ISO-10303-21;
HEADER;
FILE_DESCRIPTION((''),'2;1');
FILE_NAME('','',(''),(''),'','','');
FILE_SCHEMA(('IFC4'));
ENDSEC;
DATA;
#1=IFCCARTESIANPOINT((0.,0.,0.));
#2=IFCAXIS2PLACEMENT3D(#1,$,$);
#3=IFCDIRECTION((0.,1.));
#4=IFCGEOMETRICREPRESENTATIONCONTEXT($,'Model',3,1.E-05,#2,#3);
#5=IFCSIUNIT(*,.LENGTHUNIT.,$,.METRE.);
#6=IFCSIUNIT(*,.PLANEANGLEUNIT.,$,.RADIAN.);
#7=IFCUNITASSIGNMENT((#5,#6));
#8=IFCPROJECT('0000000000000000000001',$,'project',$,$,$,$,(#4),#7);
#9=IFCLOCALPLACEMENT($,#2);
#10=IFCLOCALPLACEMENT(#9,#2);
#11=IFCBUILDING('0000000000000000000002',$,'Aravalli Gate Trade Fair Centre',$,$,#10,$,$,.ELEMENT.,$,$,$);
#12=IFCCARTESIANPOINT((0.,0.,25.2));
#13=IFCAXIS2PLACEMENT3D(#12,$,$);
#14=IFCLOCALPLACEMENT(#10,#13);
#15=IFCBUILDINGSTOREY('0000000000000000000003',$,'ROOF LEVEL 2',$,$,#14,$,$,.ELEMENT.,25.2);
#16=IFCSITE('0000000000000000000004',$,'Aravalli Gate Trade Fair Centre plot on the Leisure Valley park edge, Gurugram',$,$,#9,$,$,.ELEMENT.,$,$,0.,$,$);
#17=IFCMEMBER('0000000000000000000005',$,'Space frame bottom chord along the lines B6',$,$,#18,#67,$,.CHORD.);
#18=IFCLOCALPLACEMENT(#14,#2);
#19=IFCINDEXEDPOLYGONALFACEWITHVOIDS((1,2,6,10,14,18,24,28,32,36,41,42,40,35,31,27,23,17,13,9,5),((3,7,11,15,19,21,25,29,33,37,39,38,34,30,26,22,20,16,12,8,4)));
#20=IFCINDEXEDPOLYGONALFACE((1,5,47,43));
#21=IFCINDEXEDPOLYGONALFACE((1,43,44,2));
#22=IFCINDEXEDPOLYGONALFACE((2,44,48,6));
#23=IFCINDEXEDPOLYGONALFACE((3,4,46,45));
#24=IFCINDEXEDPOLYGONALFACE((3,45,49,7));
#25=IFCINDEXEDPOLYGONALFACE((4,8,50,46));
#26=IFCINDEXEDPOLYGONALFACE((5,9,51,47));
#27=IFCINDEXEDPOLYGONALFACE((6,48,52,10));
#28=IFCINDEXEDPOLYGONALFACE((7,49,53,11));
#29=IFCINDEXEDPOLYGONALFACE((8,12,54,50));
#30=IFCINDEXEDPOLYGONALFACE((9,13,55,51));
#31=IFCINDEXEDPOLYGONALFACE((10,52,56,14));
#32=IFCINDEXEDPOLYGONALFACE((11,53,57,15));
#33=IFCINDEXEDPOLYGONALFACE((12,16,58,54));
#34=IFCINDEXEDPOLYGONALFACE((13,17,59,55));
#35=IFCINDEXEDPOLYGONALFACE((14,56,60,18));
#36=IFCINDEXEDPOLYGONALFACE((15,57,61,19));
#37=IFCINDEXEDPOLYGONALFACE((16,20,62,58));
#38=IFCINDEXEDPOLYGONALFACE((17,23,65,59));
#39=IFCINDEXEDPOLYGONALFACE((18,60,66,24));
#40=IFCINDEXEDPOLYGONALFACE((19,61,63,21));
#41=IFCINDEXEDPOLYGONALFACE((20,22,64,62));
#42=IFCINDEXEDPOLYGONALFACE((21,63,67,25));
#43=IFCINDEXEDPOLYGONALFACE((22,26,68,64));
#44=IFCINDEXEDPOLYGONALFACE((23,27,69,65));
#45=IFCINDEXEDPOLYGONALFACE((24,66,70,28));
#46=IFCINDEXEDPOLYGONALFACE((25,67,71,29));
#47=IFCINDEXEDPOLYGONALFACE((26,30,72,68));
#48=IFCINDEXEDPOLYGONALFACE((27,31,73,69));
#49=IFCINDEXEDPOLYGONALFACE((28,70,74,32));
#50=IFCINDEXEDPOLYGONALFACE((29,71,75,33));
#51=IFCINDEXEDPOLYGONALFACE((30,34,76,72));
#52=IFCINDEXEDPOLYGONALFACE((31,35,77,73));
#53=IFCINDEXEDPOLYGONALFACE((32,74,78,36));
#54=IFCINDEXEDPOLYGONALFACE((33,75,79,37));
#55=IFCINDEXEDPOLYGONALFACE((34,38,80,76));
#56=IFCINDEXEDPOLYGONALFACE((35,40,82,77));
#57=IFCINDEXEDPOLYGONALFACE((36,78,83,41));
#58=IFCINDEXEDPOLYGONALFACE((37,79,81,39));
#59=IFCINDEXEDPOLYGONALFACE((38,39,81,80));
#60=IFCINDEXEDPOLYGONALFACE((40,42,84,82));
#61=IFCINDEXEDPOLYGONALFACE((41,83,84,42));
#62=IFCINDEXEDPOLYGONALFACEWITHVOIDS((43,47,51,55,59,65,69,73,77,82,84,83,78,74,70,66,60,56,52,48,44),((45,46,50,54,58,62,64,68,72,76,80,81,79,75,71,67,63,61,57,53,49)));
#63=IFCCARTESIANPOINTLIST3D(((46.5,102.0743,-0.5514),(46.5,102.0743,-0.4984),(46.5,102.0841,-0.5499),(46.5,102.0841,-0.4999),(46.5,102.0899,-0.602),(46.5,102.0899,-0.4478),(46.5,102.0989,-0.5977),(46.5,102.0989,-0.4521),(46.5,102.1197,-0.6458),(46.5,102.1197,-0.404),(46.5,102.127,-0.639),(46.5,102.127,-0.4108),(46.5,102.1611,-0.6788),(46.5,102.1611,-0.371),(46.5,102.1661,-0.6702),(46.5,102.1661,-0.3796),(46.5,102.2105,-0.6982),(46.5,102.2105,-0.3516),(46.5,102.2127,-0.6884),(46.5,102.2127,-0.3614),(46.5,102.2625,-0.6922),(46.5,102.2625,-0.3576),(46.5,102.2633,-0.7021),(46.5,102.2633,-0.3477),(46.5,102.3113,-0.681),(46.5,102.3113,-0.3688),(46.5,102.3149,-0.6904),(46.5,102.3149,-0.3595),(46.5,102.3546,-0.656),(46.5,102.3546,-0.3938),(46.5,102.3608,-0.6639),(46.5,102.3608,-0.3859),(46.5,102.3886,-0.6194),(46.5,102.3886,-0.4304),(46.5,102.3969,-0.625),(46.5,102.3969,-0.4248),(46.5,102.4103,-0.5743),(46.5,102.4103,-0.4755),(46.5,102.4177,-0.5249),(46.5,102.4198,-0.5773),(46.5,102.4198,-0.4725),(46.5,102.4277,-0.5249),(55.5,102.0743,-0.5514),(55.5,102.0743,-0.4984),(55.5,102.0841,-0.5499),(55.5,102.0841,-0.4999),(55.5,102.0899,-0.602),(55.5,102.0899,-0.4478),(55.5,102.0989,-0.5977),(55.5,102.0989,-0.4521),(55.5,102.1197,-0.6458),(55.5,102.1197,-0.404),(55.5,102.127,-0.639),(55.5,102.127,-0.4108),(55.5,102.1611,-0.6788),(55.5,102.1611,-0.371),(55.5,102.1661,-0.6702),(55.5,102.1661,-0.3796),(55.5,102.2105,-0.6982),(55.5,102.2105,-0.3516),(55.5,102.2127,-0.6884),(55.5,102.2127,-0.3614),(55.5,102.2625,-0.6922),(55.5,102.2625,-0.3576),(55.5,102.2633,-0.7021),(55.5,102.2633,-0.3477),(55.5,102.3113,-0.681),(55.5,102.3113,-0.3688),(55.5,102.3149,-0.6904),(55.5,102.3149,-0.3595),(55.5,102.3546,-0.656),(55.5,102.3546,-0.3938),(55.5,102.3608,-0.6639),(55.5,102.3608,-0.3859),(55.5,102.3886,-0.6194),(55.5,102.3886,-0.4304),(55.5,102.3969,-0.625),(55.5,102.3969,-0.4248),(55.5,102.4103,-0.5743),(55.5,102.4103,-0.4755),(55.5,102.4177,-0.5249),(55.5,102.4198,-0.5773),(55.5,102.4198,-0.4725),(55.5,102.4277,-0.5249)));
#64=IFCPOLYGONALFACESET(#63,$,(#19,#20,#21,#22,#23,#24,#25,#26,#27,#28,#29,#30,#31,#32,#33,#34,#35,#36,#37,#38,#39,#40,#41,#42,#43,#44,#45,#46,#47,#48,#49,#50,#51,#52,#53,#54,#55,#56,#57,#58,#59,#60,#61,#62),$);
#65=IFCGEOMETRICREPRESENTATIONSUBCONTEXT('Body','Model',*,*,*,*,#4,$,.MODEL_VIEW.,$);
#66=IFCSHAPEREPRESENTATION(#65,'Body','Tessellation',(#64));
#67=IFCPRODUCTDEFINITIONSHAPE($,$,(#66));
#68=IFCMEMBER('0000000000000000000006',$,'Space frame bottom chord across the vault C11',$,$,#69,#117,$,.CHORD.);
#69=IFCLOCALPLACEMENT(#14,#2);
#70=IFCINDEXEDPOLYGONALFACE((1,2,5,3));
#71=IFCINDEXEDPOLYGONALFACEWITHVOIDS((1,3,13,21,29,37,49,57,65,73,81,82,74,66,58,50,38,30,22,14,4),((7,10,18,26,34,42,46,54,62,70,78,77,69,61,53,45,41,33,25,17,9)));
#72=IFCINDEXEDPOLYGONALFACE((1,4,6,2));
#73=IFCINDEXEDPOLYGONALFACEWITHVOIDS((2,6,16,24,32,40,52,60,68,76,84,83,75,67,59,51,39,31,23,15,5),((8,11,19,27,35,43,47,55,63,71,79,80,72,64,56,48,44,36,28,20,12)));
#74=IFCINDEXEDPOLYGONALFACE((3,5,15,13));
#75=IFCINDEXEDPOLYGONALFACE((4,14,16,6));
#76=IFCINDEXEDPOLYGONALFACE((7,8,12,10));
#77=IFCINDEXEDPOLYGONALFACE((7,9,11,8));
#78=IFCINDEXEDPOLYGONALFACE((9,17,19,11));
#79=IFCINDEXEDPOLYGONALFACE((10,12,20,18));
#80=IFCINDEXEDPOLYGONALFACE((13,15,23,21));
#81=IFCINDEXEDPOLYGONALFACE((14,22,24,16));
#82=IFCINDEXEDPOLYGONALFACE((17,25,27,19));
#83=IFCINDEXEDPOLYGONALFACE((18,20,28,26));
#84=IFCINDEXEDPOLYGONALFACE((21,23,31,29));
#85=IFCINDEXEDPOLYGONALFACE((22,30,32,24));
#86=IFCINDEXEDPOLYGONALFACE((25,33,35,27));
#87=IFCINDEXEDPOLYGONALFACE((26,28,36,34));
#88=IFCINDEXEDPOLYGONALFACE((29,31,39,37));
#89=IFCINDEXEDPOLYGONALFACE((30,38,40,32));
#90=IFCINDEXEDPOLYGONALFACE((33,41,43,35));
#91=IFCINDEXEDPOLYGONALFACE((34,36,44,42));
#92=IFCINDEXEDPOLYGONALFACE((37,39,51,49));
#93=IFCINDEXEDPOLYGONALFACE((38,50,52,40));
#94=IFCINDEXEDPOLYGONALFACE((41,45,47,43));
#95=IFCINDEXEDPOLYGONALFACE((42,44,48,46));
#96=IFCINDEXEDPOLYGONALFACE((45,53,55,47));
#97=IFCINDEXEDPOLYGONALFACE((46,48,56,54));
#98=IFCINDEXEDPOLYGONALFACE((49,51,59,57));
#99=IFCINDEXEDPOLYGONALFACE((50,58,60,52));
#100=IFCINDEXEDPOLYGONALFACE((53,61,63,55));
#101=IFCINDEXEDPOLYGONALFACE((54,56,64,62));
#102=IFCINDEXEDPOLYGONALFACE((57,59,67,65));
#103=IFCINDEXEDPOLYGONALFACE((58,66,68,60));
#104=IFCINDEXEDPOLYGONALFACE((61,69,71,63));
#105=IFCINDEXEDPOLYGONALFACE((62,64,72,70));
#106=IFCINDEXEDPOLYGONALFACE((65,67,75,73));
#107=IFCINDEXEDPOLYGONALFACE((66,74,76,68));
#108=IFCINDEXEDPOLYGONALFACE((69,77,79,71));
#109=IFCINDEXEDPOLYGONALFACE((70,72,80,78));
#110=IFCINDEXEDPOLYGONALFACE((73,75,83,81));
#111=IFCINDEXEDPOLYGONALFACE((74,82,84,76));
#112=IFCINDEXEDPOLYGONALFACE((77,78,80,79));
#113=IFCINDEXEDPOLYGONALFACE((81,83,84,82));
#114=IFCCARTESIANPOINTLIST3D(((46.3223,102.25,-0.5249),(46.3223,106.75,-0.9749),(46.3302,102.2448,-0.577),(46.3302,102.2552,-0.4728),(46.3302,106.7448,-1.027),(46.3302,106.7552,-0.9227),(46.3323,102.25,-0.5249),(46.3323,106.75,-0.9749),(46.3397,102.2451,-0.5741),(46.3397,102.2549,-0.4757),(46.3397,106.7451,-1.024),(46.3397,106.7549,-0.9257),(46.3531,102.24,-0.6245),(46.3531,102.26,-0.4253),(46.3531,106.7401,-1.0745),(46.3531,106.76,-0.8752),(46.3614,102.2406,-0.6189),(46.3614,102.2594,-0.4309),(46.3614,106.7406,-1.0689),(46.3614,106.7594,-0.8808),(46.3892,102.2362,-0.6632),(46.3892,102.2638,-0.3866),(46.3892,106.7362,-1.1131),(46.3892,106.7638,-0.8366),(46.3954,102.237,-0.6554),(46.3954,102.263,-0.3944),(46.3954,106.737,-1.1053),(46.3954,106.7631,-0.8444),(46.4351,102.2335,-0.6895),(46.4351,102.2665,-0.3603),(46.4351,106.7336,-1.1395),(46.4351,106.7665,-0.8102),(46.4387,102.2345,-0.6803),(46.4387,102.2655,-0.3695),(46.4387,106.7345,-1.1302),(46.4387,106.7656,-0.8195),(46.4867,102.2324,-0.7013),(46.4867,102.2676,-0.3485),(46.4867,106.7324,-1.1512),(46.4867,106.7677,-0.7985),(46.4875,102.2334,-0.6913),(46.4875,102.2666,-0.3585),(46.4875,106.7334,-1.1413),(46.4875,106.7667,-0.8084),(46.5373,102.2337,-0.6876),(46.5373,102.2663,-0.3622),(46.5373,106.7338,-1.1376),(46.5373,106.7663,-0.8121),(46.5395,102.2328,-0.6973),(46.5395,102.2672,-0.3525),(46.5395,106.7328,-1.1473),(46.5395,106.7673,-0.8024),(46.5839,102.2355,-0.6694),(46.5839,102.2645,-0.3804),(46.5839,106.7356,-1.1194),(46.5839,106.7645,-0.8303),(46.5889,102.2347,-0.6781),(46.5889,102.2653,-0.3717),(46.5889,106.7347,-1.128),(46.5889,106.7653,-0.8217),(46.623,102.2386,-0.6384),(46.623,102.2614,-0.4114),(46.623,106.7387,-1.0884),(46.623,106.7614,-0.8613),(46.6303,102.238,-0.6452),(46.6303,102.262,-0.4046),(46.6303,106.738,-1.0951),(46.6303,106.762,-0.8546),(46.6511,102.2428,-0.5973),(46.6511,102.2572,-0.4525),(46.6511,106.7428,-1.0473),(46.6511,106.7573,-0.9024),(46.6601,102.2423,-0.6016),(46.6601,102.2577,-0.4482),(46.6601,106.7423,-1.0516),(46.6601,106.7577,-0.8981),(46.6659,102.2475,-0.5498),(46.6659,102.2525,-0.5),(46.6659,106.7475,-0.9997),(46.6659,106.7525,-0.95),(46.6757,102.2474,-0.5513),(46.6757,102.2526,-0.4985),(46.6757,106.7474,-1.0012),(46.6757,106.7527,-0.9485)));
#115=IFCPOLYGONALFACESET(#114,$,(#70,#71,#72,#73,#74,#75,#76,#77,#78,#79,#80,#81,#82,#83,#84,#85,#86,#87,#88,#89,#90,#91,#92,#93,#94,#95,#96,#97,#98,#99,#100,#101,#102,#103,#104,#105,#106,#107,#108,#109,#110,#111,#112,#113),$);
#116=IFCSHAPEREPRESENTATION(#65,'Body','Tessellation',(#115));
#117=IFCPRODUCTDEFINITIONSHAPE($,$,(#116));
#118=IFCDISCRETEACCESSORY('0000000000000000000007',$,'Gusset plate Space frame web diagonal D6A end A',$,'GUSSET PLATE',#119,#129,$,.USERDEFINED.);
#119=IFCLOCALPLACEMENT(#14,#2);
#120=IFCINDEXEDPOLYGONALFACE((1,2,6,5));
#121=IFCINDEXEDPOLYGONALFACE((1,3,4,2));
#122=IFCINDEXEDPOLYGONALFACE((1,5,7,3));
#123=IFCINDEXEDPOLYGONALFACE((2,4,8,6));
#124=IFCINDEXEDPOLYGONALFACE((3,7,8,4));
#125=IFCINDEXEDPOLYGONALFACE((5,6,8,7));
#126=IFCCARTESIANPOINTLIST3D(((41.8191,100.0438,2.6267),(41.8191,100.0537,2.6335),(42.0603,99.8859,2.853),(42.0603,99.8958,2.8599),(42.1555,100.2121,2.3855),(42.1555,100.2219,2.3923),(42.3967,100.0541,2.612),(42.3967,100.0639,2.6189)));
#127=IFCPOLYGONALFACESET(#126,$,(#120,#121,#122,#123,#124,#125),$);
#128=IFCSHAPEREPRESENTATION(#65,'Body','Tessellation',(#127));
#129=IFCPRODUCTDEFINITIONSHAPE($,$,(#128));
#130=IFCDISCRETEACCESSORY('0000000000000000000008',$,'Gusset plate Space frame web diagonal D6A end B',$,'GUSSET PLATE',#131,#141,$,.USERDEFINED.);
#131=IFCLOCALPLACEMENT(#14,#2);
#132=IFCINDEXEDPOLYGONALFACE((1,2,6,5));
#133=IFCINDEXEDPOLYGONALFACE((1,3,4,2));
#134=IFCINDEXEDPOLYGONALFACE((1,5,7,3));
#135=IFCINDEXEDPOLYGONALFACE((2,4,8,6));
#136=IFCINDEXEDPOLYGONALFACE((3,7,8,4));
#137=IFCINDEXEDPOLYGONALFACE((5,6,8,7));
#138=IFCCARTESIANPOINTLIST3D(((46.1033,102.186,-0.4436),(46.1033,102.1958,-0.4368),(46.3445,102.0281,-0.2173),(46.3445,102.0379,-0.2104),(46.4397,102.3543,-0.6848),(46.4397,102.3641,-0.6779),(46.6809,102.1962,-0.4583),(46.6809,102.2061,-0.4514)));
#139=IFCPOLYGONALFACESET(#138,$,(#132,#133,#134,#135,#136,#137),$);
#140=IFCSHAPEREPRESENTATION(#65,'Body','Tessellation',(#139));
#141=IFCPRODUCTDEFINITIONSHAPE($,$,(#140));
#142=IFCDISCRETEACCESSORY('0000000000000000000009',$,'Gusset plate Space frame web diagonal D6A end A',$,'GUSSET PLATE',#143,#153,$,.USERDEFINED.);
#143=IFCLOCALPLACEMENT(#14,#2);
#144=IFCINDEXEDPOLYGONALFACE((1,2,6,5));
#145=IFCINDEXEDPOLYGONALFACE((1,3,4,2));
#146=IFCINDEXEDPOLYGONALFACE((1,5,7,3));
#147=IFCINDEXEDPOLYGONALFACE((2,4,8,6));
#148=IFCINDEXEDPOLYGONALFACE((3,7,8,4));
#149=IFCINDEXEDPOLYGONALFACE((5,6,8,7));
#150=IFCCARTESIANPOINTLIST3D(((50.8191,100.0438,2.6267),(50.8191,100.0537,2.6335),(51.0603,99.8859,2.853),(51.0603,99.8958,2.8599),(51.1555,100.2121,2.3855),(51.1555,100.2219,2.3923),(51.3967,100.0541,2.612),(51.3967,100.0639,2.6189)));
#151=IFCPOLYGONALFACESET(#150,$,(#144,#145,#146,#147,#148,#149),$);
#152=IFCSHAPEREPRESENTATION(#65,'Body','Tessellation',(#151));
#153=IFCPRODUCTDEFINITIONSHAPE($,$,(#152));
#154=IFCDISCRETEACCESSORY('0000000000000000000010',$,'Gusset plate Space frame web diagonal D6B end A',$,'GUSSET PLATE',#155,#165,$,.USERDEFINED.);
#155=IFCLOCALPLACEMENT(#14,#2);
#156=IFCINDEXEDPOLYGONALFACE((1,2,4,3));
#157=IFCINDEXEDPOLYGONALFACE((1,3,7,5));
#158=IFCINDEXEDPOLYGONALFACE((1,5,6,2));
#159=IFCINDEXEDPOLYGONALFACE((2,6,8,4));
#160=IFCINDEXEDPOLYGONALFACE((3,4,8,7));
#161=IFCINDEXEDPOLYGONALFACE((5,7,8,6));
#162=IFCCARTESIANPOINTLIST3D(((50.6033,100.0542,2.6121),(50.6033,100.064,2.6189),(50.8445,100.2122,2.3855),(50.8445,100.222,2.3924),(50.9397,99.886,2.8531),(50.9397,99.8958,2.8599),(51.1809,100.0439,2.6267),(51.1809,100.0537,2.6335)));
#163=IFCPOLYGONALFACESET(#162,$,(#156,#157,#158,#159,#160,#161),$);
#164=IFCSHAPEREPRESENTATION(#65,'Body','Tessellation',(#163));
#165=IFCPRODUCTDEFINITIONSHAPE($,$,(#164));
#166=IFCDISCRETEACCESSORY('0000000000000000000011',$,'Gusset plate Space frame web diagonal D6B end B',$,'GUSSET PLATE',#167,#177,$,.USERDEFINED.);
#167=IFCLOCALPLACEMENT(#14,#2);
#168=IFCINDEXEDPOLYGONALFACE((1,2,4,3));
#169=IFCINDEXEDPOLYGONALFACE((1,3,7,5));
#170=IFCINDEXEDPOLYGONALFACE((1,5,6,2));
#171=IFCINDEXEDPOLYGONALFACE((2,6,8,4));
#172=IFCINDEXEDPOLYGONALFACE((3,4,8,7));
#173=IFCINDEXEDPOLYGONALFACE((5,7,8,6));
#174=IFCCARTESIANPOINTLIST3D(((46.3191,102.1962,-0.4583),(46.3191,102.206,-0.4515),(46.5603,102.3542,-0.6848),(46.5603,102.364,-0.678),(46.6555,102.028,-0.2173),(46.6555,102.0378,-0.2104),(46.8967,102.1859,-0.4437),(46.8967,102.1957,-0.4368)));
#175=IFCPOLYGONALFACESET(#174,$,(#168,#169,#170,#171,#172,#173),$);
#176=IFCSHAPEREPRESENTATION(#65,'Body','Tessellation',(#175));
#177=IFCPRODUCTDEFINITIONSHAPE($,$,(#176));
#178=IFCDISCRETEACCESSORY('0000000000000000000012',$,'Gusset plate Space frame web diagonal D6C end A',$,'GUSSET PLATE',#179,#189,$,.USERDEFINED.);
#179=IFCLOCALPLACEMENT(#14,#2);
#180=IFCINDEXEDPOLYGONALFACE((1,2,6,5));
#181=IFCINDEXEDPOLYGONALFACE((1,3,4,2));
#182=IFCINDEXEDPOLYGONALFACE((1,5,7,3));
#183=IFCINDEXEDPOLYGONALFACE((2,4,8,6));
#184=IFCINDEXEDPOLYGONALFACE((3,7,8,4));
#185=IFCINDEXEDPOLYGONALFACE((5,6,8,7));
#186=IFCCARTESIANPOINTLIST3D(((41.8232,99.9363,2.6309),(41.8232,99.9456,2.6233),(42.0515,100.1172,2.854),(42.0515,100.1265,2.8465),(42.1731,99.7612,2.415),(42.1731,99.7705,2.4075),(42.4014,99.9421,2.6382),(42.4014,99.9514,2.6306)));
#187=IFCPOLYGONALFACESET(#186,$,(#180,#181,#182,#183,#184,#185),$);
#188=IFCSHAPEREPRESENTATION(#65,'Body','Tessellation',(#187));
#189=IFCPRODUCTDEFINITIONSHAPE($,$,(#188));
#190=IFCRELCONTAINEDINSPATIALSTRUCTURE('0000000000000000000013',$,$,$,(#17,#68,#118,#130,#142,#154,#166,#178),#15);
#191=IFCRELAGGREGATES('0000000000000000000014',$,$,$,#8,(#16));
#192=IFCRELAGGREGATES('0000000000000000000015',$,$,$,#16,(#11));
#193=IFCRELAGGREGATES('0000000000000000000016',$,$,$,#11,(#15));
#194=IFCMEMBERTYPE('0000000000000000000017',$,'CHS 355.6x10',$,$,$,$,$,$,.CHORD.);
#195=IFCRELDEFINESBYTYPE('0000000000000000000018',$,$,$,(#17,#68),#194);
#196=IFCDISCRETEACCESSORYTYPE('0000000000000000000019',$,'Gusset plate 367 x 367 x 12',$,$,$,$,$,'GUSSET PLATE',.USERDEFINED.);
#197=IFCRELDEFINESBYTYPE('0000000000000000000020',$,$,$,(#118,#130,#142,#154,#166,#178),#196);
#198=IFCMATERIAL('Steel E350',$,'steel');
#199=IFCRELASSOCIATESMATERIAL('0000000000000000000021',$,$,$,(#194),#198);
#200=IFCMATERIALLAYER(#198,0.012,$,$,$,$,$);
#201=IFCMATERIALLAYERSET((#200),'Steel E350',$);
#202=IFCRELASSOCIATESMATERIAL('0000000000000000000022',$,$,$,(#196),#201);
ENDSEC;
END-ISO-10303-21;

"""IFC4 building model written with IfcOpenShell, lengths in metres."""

from ifc_helpers import new_model, si_unit, direction, frame, origin, origin_2d, place, context, subcontext, project, spatial, polyline, hollow_circle, outline, extrude, material, layer, layer_set, material_profile, profile_set, type_object, element, save


model = new_model("IFC4")

# Units and contexts
model_context = context("Model", 3, precision=1e-05, world=origin(), true_north=direction((0.0, 1.0)))
body_context = subcontext(model_context, "Body", "Model", "MODEL_VIEW")
ifc_project = project(units=[si_unit("LENGTHUNIT", "METRE"), si_unit("PLANEANGLEUNIT", "RADIAN")], contexts=[model_context])

# Site, building, storey
site_placement = place(None, origin())
site = spatial("IfcSite", under=ifc_project, at=site_placement, Name="Aravalli Gate Trade Fair Centre plot on the Leisure Valley park edge, Gurugram", CompositionType="ELEMENT", RefElevation=0.0)
building_placement = place(site_placement, origin())
building = spatial("IfcBuilding", under=site, at=building_placement, Name="Aravalli Gate Trade Fair Centre", CompositionType="ELEMENT")
storey_placement = place(building_placement, frame((0.0, 0.0, 25.2)))
storey = spatial("IfcBuildingStorey", under=building, at=storey_placement, Name="ROOF LEVEL 2", CompositionType="ELEMENT", Elevation=25.2)

# Members
ifc_material = material(Name="Steel E350", Category="steel")
ifc_material_profile_1 = material_profile(ifc_material, hollow_circle(Radius=0.1777, WallThickness=0.01, at=origin_2d()), Name="CHS 355.6x10")
ifc_profile_set_1 = profile_set([ifc_material_profile_1], Name="Steel E350")
member_type_1 = type_object("IfcMemberType", Name="CHS 355.6x10", PredefinedType="CHORD", material=ifc_profile_set_1)
member_1_placement = place(storey_placement, frame((46.5, 102.25, -0.5249), z_axis=(1.0, 0.0, 0.0), x_axis=(0.0, 1.0, 0.0)))
element("IfcMember", 1, at=member_1_placement, inside=storey, type_object=member_type_1, Name="Space frame bottom chord along the lines B6", PredefinedType="CHORD", context=body_context, shape_type="SweptSolid", body=[
    extrude(hollow_circle(Radius=0.1777, WallThickness=0.01, at=origin_2d()), origin(), (0.0, 0.0, 1.0), 9.0),
])
member_2_placement = place(storey_placement, frame((46.5, 102.25, -0.5249), z_axis=(0.0, 0.995038, -0.099493), x_axis=(-1.0, 0.0, 0.0)))
element("IfcMember", 2, at=member_2_placement, inside=storey, type_object=member_type_1, Name="Space frame bottom chord across the vault C11", PredefinedType="CHORD", context=body_context, shape_type="SweptSolid", body=[
    extrude(hollow_circle(Radius=0.1777, WallThickness=0.01, at=origin_2d()), origin(), (0.0, 0.0, 1.0), 4.5225),
])

# Discrete accessories
ifc_layer = layer(ifc_material, 0.012)
ifc_layer_set = layer_set([ifc_layer], Name="Steel E350")
discrete_accessory_type = type_object("IfcDiscreteAccessoryType", Name="Gusset plate 367 x 367 x 12", ElementType="GUSSET PLATE", PredefinedType="USERDEFINED", material=ifc_layer_set)
discrete_accessory_1_placement = place(storey_placement, frame((42.1555, 100.2219, 2.3923), z_axis=(-0.000049, 0.820141, 0.572161), x_axis=(-0.75291, -0.376583, 0.539733)))
element("IfcDiscreteAccessory", 3, at=discrete_accessory_1_placement, inside=storey, type_object=discrete_accessory_type, Name="Gusset plate Space frame web diagonal D6A end A", ObjectType="GUSSET PLATE", PredefinedType="USERDEFINED", context=body_context, shape_type="SweptSolid", body=[
    extrude(outline(polyline([(0.0, 0.0), (0.4468, 0.0), (0.4469, 0.3665), (0.0002, 0.3667), (0.0, 0.0)])), origin(), (0.0, 0.0, -1.0), 0.012),
])
discrete_accessory_2_placement = place(storey_placement, frame((46.1033, 102.1958, -0.4368), z_axis=(-0.000049, 0.820141, 0.572161), x_axis=(0.75291, 0.376583, -0.539733)))
element("IfcDiscreteAccessory", 4, at=discrete_accessory_2_placement, inside=storey, type_object=discrete_accessory_type, Name="Gusset plate Space frame web diagonal D6A end B", ObjectType="GUSSET PLATE", PredefinedType="USERDEFINED", context=body_context, shape_type="SweptSolid", body=[
    extrude(outline(polyline([(0.0, 0.0), (0.4468, 0.0), (0.4467, -0.3667), (0.0, -0.3665), (0.0, 0.0)])), origin(), (0.0, 0.0, -1.0), 0.012),
])
discrete_accessory_3_placement = place(storey_placement, frame((51.1555, 100.2219, 2.3923), z_axis=(-0.000049, 0.820141, 0.572161), x_axis=(-0.75291, -0.376583, 0.539733)))
element("IfcDiscreteAccessory", 5, at=discrete_accessory_3_placement, inside=storey, type_object=discrete_accessory_type, Name="Gusset plate Space frame web diagonal D6A end A", ObjectType="GUSSET PLATE", PredefinedType="USERDEFINED", context=body_context, shape_type="SweptSolid", body=[
    extrude(outline(polyline([(0.0, 0.0), (0.4468, 0.0), (0.4469, 0.3665), (0.0002, 0.3667), (0.0, 0.0)])), origin(), (0.0, 0.0, -1.0), 0.012),
])
discrete_accessory_4_placement = place(storey_placement, frame((50.6033, 100.064, 2.6189), z_axis=(0.000049, 0.820141, 0.572161), x_axis=(0.753132, -0.376438, 0.539524)))
element("IfcDiscreteAccessory", 6, at=discrete_accessory_4_placement, inside=storey, type_object=discrete_accessory_type, Name="Gusset plate Space frame web diagonal D6B end A", ObjectType="GUSSET PLATE", PredefinedType="USERDEFINED", context=body_context, shape_type="SweptSolid", body=[
    extrude(outline(polyline([(0.0, 0.0), (0.4467, 0.0), (0.4468, 0.3665), (0.0, 0.3667), (0.0, 0.0)])), origin(), (0.0, 0.0, -1.0), 0.012),
])
discrete_accessory_5_placement = place(storey_placement, frame((46.6555, 102.0378, -0.2104), z_axis=(0.000049, 0.820141, 0.572161), x_axis=(-0.753132, 0.376438, -0.539524)))
element("IfcDiscreteAccessory", 7, at=discrete_accessory_5_placement, inside=storey, type_object=discrete_accessory_type, Name="Gusset plate Space frame web diagonal D6B end B", ObjectType="GUSSET PLATE", PredefinedType="USERDEFINED", context=body_context, shape_type="SweptSolid", body=[
    extrude(outline(polyline([(0.0, 0.0), (0.4467, 0.0), (0.4467, -0.3667), (-0.0001, -0.3665), (0.0, 0.0)])), origin(), (0.0, 0.0, -1.0), 0.012),
])
for number, where, z_axis, x_axis, name in (
    (8, (42.1731, 99.7612, 2.415), (-0.000107, -0.776736, 0.629826), (-0.783044, 0.391795, 0.48305), "Gusset plate Space frame web diagonal D6C end A"),
):
    element("IfcDiscreteAccessory", number, at=place(storey_placement, frame(where, z_axis=z_axis, x_axis=x_axis)), inside=storey, type_object=discrete_accessory_type, Name=name, ObjectType="GUSSET PLATE", PredefinedType="USERDEFINED", context=body_context, shape_type="SweptSolid", body=[
        extrude(outline(polyline([(0.0, 0.0), (0.4468, 0.0), (0.4467, -0.3669), (-0.0001, -0.3669), (0.0, 0.0)])), origin(), (0.0, 0.0, -1.0), 0.012),
    ])

save(model, "model.ifc")
